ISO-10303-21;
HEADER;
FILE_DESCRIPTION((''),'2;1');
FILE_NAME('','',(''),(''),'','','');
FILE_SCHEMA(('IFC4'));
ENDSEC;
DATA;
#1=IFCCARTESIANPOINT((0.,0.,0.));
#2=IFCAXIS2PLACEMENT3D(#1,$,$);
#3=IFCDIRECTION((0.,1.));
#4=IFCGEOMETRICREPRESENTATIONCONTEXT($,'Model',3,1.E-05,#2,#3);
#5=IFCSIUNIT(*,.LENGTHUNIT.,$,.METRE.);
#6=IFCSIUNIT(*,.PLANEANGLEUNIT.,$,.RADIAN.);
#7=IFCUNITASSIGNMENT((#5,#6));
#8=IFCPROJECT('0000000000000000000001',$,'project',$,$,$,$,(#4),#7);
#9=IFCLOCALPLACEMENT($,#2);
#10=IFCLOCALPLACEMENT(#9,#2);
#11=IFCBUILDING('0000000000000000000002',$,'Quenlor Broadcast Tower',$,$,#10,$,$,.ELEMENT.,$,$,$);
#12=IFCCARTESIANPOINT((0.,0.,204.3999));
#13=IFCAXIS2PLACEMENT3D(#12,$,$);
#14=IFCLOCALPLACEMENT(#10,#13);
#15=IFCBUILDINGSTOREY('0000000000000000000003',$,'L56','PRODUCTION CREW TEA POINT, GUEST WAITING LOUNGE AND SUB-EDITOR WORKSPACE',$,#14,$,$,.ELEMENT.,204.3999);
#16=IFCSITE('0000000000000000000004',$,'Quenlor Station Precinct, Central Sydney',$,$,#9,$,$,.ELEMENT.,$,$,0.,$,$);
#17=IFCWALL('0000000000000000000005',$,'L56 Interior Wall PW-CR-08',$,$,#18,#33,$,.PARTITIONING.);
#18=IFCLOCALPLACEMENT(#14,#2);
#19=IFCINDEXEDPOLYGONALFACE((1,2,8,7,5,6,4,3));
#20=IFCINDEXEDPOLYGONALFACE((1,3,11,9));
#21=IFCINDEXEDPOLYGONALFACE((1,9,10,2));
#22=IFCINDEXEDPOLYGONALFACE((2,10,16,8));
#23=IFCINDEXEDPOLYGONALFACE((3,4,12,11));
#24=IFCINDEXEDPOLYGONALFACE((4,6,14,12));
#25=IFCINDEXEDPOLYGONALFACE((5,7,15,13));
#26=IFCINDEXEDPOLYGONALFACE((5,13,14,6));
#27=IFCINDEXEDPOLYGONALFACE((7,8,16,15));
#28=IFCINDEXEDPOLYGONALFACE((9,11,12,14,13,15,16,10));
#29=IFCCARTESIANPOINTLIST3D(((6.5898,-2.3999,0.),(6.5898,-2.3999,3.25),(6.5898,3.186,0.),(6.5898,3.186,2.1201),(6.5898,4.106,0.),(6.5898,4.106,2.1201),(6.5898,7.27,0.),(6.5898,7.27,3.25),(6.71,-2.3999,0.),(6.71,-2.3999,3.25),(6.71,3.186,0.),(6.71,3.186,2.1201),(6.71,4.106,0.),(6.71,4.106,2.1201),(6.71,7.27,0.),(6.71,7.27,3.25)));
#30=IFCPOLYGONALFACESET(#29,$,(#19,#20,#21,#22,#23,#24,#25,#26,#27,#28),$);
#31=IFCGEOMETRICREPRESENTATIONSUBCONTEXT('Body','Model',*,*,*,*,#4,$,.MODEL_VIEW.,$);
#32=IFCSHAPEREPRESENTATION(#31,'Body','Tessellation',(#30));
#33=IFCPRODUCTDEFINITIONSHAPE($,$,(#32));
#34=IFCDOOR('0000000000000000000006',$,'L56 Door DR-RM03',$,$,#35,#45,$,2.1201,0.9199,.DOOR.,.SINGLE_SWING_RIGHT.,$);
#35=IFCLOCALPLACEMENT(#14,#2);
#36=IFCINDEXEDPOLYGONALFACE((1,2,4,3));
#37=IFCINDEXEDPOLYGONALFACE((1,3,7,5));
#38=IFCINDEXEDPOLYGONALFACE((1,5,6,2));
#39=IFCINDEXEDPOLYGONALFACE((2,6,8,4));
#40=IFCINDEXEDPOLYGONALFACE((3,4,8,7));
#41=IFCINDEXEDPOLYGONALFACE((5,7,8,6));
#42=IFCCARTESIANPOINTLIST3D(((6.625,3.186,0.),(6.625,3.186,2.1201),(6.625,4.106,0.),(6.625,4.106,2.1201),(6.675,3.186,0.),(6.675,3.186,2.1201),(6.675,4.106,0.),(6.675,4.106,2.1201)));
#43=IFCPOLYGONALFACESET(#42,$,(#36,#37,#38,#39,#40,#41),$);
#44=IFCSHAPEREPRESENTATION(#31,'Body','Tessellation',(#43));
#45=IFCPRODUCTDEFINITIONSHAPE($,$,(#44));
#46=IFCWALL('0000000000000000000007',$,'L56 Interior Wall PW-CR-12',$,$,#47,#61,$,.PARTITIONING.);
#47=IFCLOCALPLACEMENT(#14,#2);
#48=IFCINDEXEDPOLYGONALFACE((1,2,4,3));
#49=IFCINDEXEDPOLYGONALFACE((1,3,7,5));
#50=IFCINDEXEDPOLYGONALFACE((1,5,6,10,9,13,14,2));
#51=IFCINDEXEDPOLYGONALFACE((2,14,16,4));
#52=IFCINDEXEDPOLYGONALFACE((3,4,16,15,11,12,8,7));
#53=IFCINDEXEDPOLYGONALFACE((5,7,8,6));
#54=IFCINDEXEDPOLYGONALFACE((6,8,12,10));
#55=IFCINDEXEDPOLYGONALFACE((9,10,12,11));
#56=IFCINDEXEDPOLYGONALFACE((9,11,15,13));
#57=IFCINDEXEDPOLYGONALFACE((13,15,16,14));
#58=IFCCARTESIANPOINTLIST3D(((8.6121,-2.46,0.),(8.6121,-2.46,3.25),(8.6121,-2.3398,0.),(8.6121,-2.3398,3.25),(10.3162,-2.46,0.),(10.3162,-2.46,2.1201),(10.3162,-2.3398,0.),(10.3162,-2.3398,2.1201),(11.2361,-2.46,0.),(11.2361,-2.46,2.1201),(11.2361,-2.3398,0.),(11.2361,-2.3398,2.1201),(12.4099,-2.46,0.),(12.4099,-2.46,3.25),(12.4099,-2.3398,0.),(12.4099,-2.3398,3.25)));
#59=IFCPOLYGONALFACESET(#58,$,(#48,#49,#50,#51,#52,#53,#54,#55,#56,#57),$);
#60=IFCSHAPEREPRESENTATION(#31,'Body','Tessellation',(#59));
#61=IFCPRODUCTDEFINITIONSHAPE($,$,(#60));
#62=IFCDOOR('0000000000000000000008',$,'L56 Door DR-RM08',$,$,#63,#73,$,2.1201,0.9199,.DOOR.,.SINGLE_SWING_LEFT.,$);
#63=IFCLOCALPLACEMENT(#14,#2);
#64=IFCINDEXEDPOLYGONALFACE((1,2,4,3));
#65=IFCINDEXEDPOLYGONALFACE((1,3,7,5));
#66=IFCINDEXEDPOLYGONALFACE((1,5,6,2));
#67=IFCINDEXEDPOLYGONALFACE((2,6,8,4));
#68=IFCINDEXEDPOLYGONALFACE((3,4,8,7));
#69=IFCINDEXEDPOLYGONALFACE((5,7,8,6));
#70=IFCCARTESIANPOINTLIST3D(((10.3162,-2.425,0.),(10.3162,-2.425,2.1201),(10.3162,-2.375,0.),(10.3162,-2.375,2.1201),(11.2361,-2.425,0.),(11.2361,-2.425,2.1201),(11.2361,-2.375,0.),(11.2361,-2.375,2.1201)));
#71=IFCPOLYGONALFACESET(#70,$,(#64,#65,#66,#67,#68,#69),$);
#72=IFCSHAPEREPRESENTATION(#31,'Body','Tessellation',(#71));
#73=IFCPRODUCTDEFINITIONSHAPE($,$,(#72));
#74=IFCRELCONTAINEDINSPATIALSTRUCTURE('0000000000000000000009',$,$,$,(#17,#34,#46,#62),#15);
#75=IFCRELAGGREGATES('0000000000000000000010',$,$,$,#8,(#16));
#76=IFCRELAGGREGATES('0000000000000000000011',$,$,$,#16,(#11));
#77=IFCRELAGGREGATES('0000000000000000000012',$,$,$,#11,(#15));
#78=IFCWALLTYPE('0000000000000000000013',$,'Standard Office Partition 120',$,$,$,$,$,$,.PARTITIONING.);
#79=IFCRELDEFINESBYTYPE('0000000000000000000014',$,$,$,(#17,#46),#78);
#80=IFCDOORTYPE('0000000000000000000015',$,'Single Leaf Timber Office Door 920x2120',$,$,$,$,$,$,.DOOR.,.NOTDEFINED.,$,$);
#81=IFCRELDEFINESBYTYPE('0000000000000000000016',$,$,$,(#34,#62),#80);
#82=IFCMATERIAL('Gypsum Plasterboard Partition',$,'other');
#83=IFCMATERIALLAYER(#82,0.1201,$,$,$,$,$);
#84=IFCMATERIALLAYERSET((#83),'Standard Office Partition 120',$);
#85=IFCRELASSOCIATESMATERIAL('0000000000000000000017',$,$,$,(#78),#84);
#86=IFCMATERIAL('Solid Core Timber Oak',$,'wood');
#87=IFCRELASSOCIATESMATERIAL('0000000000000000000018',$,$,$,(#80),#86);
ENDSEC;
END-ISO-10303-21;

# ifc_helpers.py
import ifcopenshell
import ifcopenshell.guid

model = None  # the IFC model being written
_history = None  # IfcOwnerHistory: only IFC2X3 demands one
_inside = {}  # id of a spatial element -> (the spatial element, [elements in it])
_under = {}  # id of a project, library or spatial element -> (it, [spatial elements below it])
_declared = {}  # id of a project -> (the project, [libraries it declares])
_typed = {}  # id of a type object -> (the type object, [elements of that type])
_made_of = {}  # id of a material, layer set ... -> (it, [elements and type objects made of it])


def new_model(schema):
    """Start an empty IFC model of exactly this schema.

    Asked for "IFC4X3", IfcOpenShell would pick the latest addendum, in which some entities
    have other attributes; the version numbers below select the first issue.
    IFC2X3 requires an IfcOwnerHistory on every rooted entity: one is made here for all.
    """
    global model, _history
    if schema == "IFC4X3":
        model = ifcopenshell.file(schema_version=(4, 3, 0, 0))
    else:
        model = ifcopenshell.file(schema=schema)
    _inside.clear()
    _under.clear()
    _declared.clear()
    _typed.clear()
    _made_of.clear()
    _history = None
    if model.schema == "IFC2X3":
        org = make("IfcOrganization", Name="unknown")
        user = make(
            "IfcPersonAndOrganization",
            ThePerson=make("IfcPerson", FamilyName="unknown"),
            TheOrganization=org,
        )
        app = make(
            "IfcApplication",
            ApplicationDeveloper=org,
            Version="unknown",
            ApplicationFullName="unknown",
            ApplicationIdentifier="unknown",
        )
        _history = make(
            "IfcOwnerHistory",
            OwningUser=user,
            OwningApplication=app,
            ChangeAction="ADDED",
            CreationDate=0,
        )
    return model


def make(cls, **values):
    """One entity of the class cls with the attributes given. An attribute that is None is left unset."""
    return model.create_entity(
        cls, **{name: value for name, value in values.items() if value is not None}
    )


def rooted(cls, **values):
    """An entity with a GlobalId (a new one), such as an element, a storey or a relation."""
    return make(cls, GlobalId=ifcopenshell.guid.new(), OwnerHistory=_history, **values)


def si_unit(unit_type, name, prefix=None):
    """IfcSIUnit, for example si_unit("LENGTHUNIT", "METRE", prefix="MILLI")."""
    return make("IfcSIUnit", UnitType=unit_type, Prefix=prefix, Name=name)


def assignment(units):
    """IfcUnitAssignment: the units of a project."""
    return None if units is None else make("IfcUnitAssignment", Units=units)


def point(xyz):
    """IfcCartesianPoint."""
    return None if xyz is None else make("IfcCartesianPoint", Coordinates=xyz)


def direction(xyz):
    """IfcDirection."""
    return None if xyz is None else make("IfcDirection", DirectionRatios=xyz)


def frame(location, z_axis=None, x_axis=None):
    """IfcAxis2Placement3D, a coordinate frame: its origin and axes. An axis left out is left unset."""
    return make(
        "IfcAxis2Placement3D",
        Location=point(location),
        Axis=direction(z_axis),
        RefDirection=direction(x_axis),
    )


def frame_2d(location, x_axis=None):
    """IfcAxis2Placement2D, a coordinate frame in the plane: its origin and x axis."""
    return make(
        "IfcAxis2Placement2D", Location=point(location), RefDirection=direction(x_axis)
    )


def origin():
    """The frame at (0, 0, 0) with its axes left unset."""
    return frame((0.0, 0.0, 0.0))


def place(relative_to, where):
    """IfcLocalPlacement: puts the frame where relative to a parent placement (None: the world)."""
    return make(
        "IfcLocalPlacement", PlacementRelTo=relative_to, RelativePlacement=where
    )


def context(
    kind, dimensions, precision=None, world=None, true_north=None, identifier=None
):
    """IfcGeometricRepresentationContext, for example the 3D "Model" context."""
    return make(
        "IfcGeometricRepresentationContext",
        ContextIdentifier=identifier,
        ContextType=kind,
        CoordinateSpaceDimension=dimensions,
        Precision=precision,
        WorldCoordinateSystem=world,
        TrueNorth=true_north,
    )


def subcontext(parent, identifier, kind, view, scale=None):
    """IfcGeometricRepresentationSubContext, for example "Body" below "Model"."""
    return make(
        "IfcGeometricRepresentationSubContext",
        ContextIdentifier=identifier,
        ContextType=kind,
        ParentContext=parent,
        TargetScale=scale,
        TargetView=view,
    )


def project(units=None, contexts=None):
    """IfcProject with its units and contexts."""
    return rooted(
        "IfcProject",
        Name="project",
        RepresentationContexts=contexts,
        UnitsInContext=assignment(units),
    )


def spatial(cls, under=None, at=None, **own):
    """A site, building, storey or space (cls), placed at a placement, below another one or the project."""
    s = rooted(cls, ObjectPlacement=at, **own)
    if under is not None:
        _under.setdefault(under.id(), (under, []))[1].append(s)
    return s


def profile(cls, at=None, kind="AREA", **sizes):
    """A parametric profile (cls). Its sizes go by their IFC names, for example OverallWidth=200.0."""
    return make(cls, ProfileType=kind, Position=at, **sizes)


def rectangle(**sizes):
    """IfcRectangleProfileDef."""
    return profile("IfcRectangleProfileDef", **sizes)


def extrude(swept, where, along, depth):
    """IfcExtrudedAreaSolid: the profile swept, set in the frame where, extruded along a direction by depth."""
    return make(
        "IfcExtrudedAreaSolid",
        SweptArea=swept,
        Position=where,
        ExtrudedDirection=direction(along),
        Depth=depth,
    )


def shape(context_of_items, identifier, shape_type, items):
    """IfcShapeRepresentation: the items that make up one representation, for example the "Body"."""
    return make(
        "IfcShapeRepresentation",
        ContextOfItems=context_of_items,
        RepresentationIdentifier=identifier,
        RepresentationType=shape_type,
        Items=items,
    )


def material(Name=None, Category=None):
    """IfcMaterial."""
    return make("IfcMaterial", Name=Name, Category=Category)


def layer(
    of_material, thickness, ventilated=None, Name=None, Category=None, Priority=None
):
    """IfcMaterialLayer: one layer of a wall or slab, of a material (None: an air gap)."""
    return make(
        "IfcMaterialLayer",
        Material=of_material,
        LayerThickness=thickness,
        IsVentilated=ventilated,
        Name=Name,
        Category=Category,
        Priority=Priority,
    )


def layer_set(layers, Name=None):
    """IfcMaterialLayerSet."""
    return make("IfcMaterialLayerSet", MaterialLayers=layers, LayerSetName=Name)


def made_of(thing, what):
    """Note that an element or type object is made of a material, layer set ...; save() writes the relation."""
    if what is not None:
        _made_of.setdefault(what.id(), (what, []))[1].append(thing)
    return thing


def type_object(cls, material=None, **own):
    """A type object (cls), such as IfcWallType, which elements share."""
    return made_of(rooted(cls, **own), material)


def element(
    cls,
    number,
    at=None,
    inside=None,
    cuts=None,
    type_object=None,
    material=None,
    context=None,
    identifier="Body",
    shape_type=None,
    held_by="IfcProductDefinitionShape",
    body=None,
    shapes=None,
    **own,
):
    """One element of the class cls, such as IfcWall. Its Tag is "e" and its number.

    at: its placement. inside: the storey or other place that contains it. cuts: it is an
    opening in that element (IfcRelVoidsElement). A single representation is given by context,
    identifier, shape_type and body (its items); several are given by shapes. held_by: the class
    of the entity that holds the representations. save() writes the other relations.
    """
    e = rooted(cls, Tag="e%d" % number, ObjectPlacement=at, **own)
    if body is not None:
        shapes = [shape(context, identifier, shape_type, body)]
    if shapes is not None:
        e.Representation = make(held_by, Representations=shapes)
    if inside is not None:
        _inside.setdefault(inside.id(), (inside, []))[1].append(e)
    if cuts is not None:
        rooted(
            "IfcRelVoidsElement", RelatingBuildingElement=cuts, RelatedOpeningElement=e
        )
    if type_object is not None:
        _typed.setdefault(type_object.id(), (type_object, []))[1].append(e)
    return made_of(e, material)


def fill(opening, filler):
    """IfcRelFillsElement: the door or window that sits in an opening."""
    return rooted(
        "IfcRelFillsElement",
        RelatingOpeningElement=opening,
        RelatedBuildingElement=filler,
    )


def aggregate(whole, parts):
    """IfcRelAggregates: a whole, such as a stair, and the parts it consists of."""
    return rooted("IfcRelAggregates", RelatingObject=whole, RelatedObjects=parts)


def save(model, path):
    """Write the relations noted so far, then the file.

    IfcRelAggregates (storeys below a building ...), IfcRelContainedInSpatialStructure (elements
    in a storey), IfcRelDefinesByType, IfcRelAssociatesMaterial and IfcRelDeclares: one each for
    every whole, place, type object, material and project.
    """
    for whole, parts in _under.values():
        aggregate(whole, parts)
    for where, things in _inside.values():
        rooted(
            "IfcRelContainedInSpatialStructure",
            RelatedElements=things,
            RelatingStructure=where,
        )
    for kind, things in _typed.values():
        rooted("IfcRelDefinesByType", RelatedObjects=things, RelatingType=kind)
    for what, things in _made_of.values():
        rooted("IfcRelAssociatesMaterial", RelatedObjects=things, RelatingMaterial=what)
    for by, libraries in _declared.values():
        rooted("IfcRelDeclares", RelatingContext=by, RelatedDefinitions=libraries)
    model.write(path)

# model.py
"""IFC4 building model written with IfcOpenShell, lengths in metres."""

from ifc_helpers import new_model, si_unit, direction, frame, frame_2d, origin, place, context, subcontext, project, spatial, rectangle, extrude, material, layer, layer_set, type_object, element, fill, save


model = new_model("IFC4")

# Units and contexts
model_context = context("Model", 3, precision=1e-05, world=origin(), true_north=direction((0.0, 1.0)))
body_context = subcontext(model_context, "Body", "Model", "MODEL_VIEW")
ifc_project = project(units=[si_unit("LENGTHUNIT", "METRE"), si_unit("PLANEANGLEUNIT", "RADIAN")], contexts=[model_context])

# Site, building, storey
site_placement = place(None, origin())
site = spatial("IfcSite", under=ifc_project, at=site_placement, Name="Quenlor Station Precinct, Central Sydney", CompositionType="ELEMENT", RefElevation=0.0)
building_placement = place(site_placement, origin())
building = spatial("IfcBuilding", under=site, at=building_placement, Name="Quenlor Broadcast Tower", CompositionType="ELEMENT")
storey_placement = place(building_placement, frame((0.0, 0.0, 204.3999)))
storey = spatial("IfcBuildingStorey", under=building, at=storey_placement, Name="L56", Description="PRODUCTION CREW TEA POINT, GUEST WAITING LOUNGE AND SUB-EDITOR WORKSPACE", CompositionType="ELEMENT", Elevation=204.3999)

# Shared definitions
ifc_material_1 = material(Name="Gypsum Plasterboard Partition", Category="other")
ifc_layer_1 = layer(ifc_material_1, 0.1201)
ifc_layer_set_1 = layer_set([ifc_layer_1], Name="Standard Office Partition 120")
wall_type_1 = type_object("IfcWallType", Name="Standard Office Partition 120", PredefinedType="PARTITIONING", material=ifc_layer_set_1)

# Walls, openings, doors
wall_1_placement = place(storey_placement, frame((6.6499, -2.3999, 0.0), z_axis=(0.0, 0.0, 1.0), x_axis=(0.0, 1.0, 0.0)))
wall_1 = element("IfcWall", 1, at=wall_1_placement, inside=storey, type_object=wall_type_1, Name="L56 Interior Wall PW-CR-08", PredefinedType="PARTITIONING", context=body_context, shape_type="SweptSolid", body=[
    extrude(rectangle(XDim=9.6699, YDim=0.1201, at=frame_2d((4.835, 0.0))), origin(), (0.0, 0.0, 1.0), 3.25),
])
opening_1_placement = place(wall_1_placement, frame((5.5859, 0.0, 0.0)))
opening_1 = element("IfcOpeningElement", 2, at=opening_1_placement, cuts=wall_1, PredefinedType="OPENING", context=body_context, shape_type="SweptSolid", body=[
    extrude(rectangle(XDim=0.9199, YDim=2.1201, at=frame_2d((0.46, 1.0601))), frame((0.0, 0.0701, 0.0), z_axis=(0.0, -1.0, 0.0), x_axis=(1.0, 0.0, 0.0)), (0.0, 0.0, 1.0), 0.1401),
])
ifc_material_2 = material(Name="Solid Core Timber Oak", Category="wood")
door_type_1 = type_object("IfcDoorType", Name="Single Leaf Timber Office Door 920x2120", OperationType="NOTDEFINED", PredefinedType="DOOR", material=ifc_material_2)
door_1_placement = place(opening_1_placement, origin())
door_1 = element("IfcDoor", 3, at=door_1_placement, inside=storey, type_object=door_type_1, Name="L56 Door DR-RM03", OperationType="SINGLE_SWING_RIGHT", OverallHeight=2.1201, OverallWidth=0.9199, PredefinedType="DOOR", context=body_context, shape_type="SweptSolid", body=[
    extrude(rectangle(XDim=0.9199, YDim=2.1201, at=frame_2d((0.46, 1.0601))), frame((0.0, 0.0249, 0.0), z_axis=(0.0, -1.0, 0.0), x_axis=(1.0, 0.0, 0.0)), (0.0, 0.0, 1.0), 0.05),
])
fill(opening_1, door_1)
wall_2_placement = place(storey_placement, frame((8.6121, -2.3999, 0.0), z_axis=(0.0, 0.0, 1.0), x_axis=(1.0, 0.0, 0.0)))
wall_2 = element("IfcWall", 4, at=wall_2_placement, inside=storey, type_object=wall_type_1, Name="L56 Interior Wall PW-CR-12", PredefinedType="PARTITIONING", context=body_context, shape_type="SweptSolid", body=[
    extrude(rectangle(XDim=3.7979, YDim=0.1201, at=frame_2d((1.8989, 0.0))), origin(), (0.0, 0.0, 1.0), 3.25),
])
opening_2_placement = place(wall_2_placement, frame((1.7041, 0.0, 0.0)))
opening_2 = element("IfcOpeningElement", 5, at=opening_2_placement, cuts=wall_2, PredefinedType="OPENING", context=body_context, shape_type="SweptSolid", body=[
    extrude(rectangle(XDim=0.9199, YDim=2.1201, at=frame_2d((0.46, 1.0601))), frame((0.0, 0.0701, 0.0), z_axis=(0.0, -1.0, 0.0), x_axis=(1.0, 0.0, 0.0)), (0.0, 0.0, 1.0), 0.1401),
])
door_2_placement = place(opening_2_placement, origin())
door_2 = element("IfcDoor", 6, at=door_2_placement, inside=storey, type_object=door_type_1, Name="L56 Door DR-RM08", OperationType="SINGLE_SWING_LEFT", OverallHeight=2.1201, OverallWidth=0.9199, PredefinedType="DOOR", context=body_context, shape_type="SweptSolid", body=[
    extrude(rectangle(XDim=0.9199, YDim=2.1201, at=frame_2d((0.46, 1.0601))), frame((0.0, 0.0249, 0.0), z_axis=(0.0, -1.0, 0.0), x_axis=(1.0, 0.0, 0.0)), (0.0, 0.0, 1.0), 0.05),
])
fill(opening_2, door_2)

save(model, "model.ifc")
